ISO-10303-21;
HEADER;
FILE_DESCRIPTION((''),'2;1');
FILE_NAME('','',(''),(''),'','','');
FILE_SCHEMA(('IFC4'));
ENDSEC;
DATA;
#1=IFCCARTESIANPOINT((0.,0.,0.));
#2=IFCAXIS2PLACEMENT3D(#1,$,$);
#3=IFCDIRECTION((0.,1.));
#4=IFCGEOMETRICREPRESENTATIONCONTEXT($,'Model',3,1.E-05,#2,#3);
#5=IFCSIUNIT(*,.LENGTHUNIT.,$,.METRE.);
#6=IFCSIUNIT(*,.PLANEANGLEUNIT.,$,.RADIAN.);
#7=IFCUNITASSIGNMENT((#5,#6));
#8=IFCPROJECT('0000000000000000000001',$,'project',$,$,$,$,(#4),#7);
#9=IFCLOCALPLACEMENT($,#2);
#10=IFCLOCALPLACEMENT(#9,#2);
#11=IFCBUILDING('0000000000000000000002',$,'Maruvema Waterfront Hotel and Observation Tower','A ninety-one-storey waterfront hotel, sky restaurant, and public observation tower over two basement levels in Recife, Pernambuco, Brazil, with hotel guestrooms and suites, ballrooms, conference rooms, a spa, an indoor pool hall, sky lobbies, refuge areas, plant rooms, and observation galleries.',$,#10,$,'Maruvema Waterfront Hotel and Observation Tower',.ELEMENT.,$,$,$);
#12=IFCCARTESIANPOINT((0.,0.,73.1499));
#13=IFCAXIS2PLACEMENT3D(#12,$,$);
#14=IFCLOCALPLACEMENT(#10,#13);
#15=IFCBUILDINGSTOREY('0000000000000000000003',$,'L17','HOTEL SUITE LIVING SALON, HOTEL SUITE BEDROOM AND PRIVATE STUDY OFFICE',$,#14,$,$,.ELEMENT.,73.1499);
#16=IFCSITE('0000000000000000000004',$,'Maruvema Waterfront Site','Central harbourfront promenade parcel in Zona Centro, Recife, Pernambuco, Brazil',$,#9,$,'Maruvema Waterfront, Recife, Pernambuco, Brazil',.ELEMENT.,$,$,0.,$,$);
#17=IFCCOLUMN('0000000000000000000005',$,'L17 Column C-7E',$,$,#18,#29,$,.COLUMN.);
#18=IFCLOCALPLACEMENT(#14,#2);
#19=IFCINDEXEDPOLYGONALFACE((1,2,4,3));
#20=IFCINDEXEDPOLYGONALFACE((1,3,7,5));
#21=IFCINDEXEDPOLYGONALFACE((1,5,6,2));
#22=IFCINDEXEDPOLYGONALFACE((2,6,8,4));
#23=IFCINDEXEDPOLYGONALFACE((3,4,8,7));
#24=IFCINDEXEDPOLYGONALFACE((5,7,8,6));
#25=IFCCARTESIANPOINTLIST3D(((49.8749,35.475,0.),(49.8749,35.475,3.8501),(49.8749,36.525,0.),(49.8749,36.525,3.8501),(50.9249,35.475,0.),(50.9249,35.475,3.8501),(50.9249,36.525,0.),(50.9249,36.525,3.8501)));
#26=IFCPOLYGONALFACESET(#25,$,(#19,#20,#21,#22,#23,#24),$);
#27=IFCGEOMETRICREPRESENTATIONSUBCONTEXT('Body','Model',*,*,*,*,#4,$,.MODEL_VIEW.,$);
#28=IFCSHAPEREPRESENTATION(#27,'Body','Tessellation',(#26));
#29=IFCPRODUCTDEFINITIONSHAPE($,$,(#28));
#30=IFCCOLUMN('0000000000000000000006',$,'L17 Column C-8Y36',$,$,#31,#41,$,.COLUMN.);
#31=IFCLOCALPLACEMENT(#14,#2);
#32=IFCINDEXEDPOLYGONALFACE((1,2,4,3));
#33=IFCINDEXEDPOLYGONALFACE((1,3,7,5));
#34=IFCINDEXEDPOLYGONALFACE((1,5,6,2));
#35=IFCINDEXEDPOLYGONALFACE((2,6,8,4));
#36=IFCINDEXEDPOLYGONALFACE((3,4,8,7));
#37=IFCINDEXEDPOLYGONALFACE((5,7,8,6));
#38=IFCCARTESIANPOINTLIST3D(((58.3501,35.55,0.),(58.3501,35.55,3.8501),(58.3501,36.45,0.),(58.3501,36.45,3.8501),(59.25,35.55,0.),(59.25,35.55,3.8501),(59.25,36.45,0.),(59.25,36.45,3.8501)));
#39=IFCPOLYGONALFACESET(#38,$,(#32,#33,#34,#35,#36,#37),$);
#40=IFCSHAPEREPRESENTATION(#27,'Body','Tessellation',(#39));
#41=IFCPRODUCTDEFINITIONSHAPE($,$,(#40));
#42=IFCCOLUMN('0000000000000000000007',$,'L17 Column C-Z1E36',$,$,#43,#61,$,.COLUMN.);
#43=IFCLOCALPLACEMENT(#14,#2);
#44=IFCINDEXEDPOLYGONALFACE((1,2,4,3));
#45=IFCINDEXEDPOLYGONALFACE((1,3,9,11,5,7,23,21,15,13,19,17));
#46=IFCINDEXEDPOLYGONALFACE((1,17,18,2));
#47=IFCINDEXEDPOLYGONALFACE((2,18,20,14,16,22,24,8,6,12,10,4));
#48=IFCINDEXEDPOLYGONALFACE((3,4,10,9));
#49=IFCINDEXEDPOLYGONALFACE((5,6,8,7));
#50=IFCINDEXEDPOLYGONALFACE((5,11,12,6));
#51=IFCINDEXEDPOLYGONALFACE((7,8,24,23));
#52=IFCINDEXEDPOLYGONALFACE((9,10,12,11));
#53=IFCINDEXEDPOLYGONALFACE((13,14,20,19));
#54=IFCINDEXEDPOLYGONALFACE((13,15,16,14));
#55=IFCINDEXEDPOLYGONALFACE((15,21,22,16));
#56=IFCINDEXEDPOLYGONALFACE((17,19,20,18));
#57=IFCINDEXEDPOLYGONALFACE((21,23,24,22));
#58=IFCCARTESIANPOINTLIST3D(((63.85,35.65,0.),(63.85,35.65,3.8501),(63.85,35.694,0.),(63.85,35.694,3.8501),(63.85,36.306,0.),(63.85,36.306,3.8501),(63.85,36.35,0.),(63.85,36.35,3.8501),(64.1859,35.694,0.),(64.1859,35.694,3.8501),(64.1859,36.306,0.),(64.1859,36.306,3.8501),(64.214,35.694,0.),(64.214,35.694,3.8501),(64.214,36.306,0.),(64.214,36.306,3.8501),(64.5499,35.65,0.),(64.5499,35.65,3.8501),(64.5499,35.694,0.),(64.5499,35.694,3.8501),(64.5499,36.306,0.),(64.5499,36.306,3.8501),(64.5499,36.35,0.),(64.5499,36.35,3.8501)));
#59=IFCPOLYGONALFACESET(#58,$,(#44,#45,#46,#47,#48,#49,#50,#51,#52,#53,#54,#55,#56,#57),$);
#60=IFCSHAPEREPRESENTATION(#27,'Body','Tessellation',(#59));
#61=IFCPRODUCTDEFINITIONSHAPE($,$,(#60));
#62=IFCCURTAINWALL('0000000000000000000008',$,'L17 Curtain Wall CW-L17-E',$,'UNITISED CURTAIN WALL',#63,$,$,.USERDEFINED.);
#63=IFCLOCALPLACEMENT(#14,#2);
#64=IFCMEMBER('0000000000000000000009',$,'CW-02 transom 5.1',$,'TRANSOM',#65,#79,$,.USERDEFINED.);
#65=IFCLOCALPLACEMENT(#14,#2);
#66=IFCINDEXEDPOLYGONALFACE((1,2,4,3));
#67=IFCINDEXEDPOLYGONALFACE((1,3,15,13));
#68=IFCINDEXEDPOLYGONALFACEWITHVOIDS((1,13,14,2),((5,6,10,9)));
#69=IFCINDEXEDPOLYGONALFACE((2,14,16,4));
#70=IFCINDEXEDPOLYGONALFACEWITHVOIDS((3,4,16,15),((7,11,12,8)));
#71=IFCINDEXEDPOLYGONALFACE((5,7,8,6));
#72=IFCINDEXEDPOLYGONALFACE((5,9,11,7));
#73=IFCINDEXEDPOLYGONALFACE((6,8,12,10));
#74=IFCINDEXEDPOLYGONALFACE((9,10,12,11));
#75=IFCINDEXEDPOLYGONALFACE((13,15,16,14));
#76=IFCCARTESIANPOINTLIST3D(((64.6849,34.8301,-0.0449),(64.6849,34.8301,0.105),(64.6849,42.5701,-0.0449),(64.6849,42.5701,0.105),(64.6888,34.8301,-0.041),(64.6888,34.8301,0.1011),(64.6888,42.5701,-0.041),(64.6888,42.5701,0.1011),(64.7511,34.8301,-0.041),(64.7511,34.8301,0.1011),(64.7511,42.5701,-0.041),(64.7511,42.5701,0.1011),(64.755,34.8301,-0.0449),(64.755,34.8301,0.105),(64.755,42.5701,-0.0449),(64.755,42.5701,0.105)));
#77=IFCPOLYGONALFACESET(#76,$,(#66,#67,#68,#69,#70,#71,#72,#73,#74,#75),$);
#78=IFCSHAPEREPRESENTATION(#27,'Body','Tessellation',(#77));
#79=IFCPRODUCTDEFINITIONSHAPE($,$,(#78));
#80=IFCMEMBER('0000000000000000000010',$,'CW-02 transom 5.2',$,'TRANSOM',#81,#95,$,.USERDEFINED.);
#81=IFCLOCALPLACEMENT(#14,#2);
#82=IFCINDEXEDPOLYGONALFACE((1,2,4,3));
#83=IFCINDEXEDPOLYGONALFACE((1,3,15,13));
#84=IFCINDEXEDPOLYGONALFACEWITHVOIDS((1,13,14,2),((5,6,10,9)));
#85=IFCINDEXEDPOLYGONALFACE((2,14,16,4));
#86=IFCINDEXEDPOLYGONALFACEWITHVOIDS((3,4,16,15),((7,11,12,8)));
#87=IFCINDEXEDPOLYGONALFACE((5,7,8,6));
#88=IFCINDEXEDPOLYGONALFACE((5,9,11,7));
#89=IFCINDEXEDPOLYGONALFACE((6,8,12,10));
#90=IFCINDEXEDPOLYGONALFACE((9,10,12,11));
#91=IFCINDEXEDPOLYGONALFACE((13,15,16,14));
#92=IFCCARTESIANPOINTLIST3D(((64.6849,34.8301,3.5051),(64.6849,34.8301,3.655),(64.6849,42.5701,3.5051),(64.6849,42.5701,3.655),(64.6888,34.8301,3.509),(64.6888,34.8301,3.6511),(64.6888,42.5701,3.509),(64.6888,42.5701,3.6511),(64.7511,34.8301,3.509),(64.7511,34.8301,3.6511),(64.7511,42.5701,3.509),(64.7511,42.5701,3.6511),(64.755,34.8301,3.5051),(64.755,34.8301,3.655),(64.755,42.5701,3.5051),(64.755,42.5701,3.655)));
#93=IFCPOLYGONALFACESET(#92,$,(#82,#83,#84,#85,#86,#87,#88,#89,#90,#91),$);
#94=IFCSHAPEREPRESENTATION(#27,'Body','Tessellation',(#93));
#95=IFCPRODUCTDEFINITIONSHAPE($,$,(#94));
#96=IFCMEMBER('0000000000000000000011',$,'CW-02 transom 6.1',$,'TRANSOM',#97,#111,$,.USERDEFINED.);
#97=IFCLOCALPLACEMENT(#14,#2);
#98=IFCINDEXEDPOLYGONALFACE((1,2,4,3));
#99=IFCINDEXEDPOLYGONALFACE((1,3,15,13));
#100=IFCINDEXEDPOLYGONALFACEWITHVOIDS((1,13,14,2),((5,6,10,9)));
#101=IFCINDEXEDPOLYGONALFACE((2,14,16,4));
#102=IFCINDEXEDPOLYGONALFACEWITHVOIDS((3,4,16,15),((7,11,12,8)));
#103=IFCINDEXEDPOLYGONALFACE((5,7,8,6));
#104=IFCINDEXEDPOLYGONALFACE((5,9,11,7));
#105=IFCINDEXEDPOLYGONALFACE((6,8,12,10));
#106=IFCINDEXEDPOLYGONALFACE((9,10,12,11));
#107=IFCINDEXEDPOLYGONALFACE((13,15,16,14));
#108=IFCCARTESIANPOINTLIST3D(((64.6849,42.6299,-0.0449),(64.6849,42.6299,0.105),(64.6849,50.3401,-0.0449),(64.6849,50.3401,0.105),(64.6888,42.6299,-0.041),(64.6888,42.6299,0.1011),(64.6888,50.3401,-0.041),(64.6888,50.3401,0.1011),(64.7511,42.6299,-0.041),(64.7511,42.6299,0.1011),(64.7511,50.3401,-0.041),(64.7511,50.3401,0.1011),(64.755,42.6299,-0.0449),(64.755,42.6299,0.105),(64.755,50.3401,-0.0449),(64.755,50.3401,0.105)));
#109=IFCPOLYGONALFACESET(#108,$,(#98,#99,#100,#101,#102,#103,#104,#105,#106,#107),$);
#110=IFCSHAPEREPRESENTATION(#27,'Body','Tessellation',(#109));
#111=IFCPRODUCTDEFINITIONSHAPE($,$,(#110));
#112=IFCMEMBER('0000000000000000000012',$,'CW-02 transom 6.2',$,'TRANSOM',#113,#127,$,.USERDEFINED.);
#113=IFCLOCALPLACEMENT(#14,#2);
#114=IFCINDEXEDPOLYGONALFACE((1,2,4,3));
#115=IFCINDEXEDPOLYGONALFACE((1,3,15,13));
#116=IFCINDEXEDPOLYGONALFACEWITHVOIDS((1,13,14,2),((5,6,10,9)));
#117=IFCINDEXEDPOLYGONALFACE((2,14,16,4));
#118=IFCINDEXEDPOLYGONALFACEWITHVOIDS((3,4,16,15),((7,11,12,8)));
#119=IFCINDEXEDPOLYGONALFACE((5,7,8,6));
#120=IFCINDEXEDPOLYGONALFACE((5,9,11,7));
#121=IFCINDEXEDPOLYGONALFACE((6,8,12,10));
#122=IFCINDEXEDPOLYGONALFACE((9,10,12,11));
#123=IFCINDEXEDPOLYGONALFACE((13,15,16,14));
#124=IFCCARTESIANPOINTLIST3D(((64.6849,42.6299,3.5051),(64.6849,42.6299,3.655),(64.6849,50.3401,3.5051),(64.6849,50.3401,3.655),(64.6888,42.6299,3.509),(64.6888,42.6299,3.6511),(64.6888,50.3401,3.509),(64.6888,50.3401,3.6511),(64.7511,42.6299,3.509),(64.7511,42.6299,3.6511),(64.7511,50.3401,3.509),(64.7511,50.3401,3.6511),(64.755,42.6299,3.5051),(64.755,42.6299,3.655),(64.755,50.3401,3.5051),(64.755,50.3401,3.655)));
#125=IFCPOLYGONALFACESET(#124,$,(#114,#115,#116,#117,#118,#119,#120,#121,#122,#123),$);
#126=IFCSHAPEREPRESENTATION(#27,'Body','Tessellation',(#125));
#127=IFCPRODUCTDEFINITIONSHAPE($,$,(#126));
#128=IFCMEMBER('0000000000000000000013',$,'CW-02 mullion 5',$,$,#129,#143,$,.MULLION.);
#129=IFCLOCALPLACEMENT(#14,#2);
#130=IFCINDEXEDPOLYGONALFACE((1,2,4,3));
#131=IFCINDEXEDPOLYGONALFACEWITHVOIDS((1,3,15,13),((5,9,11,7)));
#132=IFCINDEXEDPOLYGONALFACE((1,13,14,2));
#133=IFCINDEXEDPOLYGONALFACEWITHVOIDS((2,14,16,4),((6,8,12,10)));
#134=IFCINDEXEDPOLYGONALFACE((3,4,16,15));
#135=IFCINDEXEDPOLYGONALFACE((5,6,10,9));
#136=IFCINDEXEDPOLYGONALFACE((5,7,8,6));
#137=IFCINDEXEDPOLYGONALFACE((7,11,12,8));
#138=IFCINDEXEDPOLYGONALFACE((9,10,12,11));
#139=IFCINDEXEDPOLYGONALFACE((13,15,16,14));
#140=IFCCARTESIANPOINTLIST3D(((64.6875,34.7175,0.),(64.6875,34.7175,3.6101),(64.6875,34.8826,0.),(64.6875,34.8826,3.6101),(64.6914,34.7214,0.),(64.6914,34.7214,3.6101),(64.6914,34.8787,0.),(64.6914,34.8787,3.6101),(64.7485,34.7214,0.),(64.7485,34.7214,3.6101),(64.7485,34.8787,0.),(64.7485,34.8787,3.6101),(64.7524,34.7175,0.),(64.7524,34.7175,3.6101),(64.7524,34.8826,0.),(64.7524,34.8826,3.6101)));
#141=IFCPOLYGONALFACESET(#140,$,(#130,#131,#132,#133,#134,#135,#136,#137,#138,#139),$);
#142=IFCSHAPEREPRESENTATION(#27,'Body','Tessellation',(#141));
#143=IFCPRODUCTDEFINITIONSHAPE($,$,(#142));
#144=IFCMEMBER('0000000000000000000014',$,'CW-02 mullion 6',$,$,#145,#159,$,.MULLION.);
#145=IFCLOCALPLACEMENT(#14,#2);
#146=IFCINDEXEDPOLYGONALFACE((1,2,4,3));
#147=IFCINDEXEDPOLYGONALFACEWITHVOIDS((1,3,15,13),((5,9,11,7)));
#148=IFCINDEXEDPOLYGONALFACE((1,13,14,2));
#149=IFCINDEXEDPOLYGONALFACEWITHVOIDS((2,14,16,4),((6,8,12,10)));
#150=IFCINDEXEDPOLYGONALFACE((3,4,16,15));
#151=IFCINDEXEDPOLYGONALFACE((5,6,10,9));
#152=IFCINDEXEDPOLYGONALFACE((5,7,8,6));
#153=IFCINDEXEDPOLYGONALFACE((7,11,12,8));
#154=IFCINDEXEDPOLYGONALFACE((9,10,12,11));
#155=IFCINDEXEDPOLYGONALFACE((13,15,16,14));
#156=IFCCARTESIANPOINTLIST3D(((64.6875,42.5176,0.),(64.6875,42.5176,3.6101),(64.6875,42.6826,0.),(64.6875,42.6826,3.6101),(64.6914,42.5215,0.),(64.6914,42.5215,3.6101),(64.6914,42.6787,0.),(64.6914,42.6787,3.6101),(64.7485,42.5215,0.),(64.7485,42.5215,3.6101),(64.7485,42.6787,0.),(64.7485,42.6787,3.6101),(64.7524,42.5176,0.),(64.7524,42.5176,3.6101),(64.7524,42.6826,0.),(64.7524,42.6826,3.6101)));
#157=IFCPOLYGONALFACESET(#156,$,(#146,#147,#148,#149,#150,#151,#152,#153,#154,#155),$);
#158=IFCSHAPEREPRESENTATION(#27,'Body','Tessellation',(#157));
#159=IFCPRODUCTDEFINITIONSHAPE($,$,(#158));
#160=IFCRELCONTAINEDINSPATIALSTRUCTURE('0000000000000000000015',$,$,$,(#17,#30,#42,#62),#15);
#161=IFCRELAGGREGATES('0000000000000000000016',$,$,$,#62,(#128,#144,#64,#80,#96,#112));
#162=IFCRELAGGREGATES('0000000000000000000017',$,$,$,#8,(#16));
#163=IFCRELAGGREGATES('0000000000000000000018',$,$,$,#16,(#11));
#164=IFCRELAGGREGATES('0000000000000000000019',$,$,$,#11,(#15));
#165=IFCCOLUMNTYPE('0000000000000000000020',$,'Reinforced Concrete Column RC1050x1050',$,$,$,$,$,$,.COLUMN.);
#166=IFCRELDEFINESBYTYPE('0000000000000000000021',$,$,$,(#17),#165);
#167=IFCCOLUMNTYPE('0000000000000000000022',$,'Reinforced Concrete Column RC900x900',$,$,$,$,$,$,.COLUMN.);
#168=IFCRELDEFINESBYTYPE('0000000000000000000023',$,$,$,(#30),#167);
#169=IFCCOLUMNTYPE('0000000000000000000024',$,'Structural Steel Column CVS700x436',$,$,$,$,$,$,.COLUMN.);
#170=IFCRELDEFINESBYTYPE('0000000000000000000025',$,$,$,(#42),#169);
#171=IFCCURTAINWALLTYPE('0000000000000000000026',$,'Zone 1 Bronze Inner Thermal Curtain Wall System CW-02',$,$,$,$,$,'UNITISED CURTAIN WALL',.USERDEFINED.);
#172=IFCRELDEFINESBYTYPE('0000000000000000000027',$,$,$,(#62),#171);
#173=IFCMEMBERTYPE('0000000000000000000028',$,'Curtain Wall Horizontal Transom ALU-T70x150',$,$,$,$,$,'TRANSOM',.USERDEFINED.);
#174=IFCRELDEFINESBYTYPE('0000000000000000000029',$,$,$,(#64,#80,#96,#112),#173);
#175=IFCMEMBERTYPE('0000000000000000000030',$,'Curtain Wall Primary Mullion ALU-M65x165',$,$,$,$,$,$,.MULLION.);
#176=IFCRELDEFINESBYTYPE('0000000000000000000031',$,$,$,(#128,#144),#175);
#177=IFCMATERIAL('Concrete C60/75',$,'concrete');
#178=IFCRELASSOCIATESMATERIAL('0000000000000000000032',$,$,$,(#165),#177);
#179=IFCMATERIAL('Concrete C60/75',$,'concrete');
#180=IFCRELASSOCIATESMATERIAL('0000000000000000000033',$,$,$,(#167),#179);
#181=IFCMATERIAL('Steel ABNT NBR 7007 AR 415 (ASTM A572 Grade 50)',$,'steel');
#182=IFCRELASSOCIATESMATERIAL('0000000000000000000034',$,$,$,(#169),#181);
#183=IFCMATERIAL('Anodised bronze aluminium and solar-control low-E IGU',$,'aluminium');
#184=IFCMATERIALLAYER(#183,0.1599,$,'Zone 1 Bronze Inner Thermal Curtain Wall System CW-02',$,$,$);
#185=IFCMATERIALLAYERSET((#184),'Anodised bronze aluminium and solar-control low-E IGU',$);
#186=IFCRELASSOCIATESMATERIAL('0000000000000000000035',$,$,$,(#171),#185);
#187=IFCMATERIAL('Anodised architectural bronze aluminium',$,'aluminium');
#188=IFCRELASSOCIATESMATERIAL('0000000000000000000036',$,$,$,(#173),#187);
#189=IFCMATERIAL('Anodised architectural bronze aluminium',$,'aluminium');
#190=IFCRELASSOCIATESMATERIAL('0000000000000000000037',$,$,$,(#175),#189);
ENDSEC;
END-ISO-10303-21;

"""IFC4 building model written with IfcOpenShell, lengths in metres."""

from ifc_helpers import new_model, si_unit, direction, frame, origin, origin_2d, place, context, subcontext, project, spatial, rectangle, hollow_rectangle, i_section, extrude, material, layer, layer_set, material_profile, profile_set, type_object, element, aggregate, save


model = new_model("IFC4")

# Units and contexts
model_context = context("Model", 3, precision=1e-05, world=origin(), true_north=direction((0.0, 1.0)))
body_context = subcontext(model_context, "Body", "Model", "MODEL_VIEW")
ifc_project = project(units=[si_unit("LENGTHUNIT", "METRE"), si_unit("PLANEANGLEUNIT", "RADIAN")], contexts=[model_context])

# Site, building, storey
site_placement = place(None, origin())
site = spatial("IfcSite", under=ifc_project, at=site_placement, Name="Maruvema Waterfront Site", Description="Central harbourfront promenade parcel in Zona Centro, Recife, Pernambuco, Brazil", LongName="Maruvema Waterfront, Recife, Pernambuco, Brazil", CompositionType="ELEMENT", RefElevation=0.0)
building_placement = place(site_placement, origin())
building = spatial("IfcBuilding", under=site, at=building_placement, Name="Maruvema Waterfront Hotel and Observation Tower", Description="A ninety-one-storey waterfront hotel, sky restaurant, and public observation tower over two basement levels in Recife, Pernambuco, Brazil, with hotel guestrooms and suites, ballrooms, conference rooms, a spa, an indoor pool hall, sky lobbies, refuge areas, plant rooms, and observation galleries.", LongName="Maruvema Waterfront Hotel and Observation Tower", CompositionType="ELEMENT")
storey_placement = place(building_placement, frame((0.0, 0.0, 73.1499)))
storey = spatial("IfcBuildingStorey", under=building, at=storey_placement, Name="L17", Description="HOTEL SUITE LIVING SALON, HOTEL SUITE BEDROOM AND PRIVATE STUDY OFFICE", CompositionType="ELEMENT", Elevation=73.1499)

# Columns
ifc_material_1 = material(Name="Concrete C60/75", Category="concrete")
ifc_material_profile_1 = material_profile(ifc_material_1, rectangle(XDim=1.05, YDim=1.05, at=origin_2d()), Name="RC1050x1050")
ifc_profile_set_1 = profile_set([ifc_material_profile_1], Name="Concrete C60/75")
column_type_1 = type_object("IfcColumnType", Name="Reinforced Concrete Column RC1050x1050", PredefinedType="COLUMN", material=ifc_profile_set_1)
column_1_placement = place(storey_placement, frame((50.3999, 36.0, 0.0), z_axis=(0.0, 0.0, 1.0), x_axis=(1.0, 0.0, 0.0)))
element("IfcColumn", 1, at=column_1_placement, inside=storey, type_object=column_type_1, Name="L17 Column C-7E", PredefinedType="COLUMN", context=body_context, shape_type="SweptSolid", body=[
    extrude(rectangle(XDim=1.05, YDim=1.05, at=origin_2d()), origin(), (0.0, 0.0, 1.0), 3.8501),
])
ifc_material_2 = material(Name="Concrete C60/75", Category="concrete")
ifc_material_profile_2 = material_profile(ifc_material_2, rectangle(XDim=0.8999, YDim=0.8999, at=origin_2d()), Name="RC900x900")
ifc_profile_set_2 = profile_set([ifc_material_profile_2], Name="Concrete C60/75")
column_type_2 = type_object("IfcColumnType", Name="Reinforced Concrete Column RC900x900", PredefinedType="COLUMN", material=ifc_profile_set_2)
column_2_placement = place(storey_placement, frame((58.8, 36.0, 0.0), z_axis=(0.0, 0.0, 1.0), x_axis=(1.0, 0.0, 0.0)))
element("IfcColumn", 2, at=column_2_placement, inside=storey, type_object=column_type_2, Name="L17 Column C-8Y36", PredefinedType="COLUMN", context=body_context, shape_type="SweptSolid", body=[
    extrude(rectangle(XDim=0.8999, YDim=0.8999, at=origin_2d()), origin(), (0.0, 0.0, 1.0), 3.8501),
])
ifc_material_3 = material(Name="Steel ABNT NBR 7007 AR 415 (ASTM A572 Grade 50)", Category="steel")
ifc_material_profile_3 = material_profile(ifc_material_3, i_section(OverallWidth=0.7, OverallDepth=0.7, WebThickness=0.0281, FlangeThickness=0.0439, at=origin_2d()), Name="CVS700x436")
ifc_profile_set_3 = profile_set([ifc_material_profile_3], Name="Steel ABNT NBR 7007 AR 415 (ASTM A572 Grade 50)")
column_type_3 = type_object("IfcColumnType", Name="Structural Steel Column CVS700x436", PredefinedType="COLUMN", material=ifc_profile_set_3)
column_3_placement = place(storey_placement, frame((64.2, 36.0, 0.0), z_axis=(0.0, 0.0, 1.0), x_axis=(1.0, 0.0, 0.0)))
element("IfcColumn", 3, at=column_3_placement, inside=storey, type_object=column_type_3, Name="L17 Column C-Z1E36", PredefinedType="COLUMN", context=body_context, shape_type="SweptSolid", body=[
    extrude(i_section(OverallWidth=0.7, OverallDepth=0.7, WebThickness=0.0281, FlangeThickness=0.0439, at=origin_2d()), origin(), (0.0, 0.0, 1.0), 3.8501),
])

# Curtain wall, members
ifc_material_4 = material(Name="Anodised bronze aluminium and solar-control low-E IGU", Category="aluminium")
ifc_layer_1 = layer(ifc_material_4, 0.1599, Name="Zone 1 Bronze Inner Thermal Curtain Wall System CW-02")
ifc_layer_set_1 = layer_set([ifc_layer_1], Name="Anodised bronze aluminium and solar-control low-E IGU")
curtain_wall_type = type_object("IfcCurtainWallType", Name="Zone 1 Bronze Inner Thermal Curtain Wall System CW-02", ElementType="UNITISED CURTAIN WALL", PredefinedType="USERDEFINED", material=ifc_layer_set_1)
curtain_wall_placement = place(storey_placement, origin())
curtain_wall = element("IfcCurtainWall", 4, at=curtain_wall_placement, inside=storey, type_object=curtain_wall_type, Name="L17 Curtain Wall CW-L17-E", ObjectType="UNITISED CURTAIN WALL", PredefinedType="USERDEFINED")
ifc_material_5 = material(Name="Anodised architectural bronze aluminium", Category="aluminium")
ifc_material_profile_4 = material_profile(ifc_material_5, hollow_rectangle(XDim=0.0701, YDim=0.1499, WallThickness=0.0039, at=origin_2d()), Name="ALU-T70x150")
ifc_profile_set_4 = profile_set([ifc_material_profile_4], Name="Anodised architectural bronze aluminium")
member_type_1 = type_object("IfcMemberType", Name="Curtain Wall Horizontal Transom ALU-T70x150", ElementType="TRANSOM", PredefinedType="USERDEFINED", material=ifc_profile_set_4)
member_1_placement = place(storey_placement, frame((64.72, 34.8301, 0.03), z_axis=(0.0, 1.0, 0.0), x_axis=(-1.0, 0.0, 0.0)))
member_1 = element("IfcMember", 5, at=member_1_placement, type_object=member_type_1, Name="CW-02 transom 5.1", ObjectType="TRANSOM", PredefinedType="USERDEFINED", context=body_context, shape_type="SweptSolid", body=[
    extrude(hollow_rectangle(XDim=0.0701, YDim=0.1499, WallThickness=0.0039, at=origin_2d()), origin(), (0.0, 0.0, 1.0), 7.74),
])
member_2_placement = place(storey_placement, frame((64.72, 34.8301, 3.5801), z_axis=(0.0, 1.0, 0.0), x_axis=(-1.0, 0.0, 0.0)))
member_2 = element("IfcMember", 6, at=member_2_placement, type_object=member_type_1, Name="CW-02 transom 5.2", ObjectType="TRANSOM", PredefinedType="USERDEFINED", context=body_context, shape_type="SweptSolid", body=[
    extrude(hollow_rectangle(XDim=0.0701, YDim=0.1499, WallThickness=0.0039, at=origin_2d()), origin(), (0.0, 0.0, 1.0), 7.74),
])
member_3_placement = place(storey_placement, frame((64.72, 42.6299, 0.03), z_axis=(0.0, 1.0, 0.0), x_axis=(-1.0, 0.0, 0.0)))
member_3 = element("IfcMember", 7, at=member_3_placement, type_object=member_type_1, Name="CW-02 transom 6.1", ObjectType="TRANSOM", PredefinedType="USERDEFINED", context=body_context, shape_type="SweptSolid", body=[
    extrude(hollow_rectangle(XDim=0.0701, YDim=0.1499, WallThickness=0.0039, at=origin_2d()), origin(), (0.0, 0.0, 1.0), 7.7102),
])
member_4_placement = place(storey_placement, frame((64.72, 42.6299, 3.5801), z_axis=(0.0, 1.0, 0.0), x_axis=(-1.0, 0.0, 0.0)))
member_4 = element("IfcMember", 8, at=member_4_placement, type_object=member_type_1, Name="CW-02 transom 6.2", ObjectType="TRANSOM", PredefinedType="USERDEFINED", context=body_context, shape_type="SweptSolid", body=[
    extrude(hollow_rectangle(XDim=0.0701, YDim=0.1499, WallThickness=0.0039, at=origin_2d()), origin(), (0.0, 0.0, 1.0), 7.7102),
])
ifc_material_6 = material(Name="Anodised architectural bronze aluminium", Category="aluminium")
ifc_material_profile_5 = material_profile(ifc_material_6, hollow_rectangle(XDim=0.0649, YDim=0.165, WallThickness=0.0039, at=origin_2d()), Name="ALU-M65x165")
ifc_profile_set_5 = profile_set([ifc_material_profile_5], Name="Anodised architectural bronze aluminium")
member_type_2 = type_object("IfcMemberType", Name="Curtain Wall Primary Mullion ALU-M65x165", PredefinedType="MULLION", material=ifc_profile_set_5)
member_5_placement = place(storey_placement, frame((64.72, 34.8, 0.0), z_axis=(0.0, 0.0, 1.0), x_axis=(-1.0, 0.0, 0.0)))
member_5 = element("IfcMember", 9, at=member_5_placement, type_object=member_type_2, Name="CW-02 mullion 5", PredefinedType="MULLION", context=body_context, shape_type="SweptSolid", body=[
    extrude(hollow_rectangle(XDim=0.0649, YDim=0.165, WallThickness=0.0039, at=origin_2d()), origin(), (0.0, 0.0, 1.0), 3.6101),
])
member_6_placement = place(storey_placement, frame((64.72, 42.6001, 0.0), z_axis=(0.0, 0.0, 1.0), x_axis=(-1.0, 0.0, 0.0)))
member_6 = element("IfcMember", 10, at=member_6_placement, type_object=member_type_2, Name="CW-02 mullion 6", PredefinedType="MULLION", context=body_context, shape_type="SweptSolid", body=[
    extrude(hollow_rectangle(XDim=0.0649, YDim=0.165, WallThickness=0.0039, at=origin_2d()), origin(), (0.0, 0.0, 1.0), 3.6101),
])

aggregate(curtain_wall, [member_5, member_6, member_1, member_2, member_3, member_4])

save(model, "model.ifc")
